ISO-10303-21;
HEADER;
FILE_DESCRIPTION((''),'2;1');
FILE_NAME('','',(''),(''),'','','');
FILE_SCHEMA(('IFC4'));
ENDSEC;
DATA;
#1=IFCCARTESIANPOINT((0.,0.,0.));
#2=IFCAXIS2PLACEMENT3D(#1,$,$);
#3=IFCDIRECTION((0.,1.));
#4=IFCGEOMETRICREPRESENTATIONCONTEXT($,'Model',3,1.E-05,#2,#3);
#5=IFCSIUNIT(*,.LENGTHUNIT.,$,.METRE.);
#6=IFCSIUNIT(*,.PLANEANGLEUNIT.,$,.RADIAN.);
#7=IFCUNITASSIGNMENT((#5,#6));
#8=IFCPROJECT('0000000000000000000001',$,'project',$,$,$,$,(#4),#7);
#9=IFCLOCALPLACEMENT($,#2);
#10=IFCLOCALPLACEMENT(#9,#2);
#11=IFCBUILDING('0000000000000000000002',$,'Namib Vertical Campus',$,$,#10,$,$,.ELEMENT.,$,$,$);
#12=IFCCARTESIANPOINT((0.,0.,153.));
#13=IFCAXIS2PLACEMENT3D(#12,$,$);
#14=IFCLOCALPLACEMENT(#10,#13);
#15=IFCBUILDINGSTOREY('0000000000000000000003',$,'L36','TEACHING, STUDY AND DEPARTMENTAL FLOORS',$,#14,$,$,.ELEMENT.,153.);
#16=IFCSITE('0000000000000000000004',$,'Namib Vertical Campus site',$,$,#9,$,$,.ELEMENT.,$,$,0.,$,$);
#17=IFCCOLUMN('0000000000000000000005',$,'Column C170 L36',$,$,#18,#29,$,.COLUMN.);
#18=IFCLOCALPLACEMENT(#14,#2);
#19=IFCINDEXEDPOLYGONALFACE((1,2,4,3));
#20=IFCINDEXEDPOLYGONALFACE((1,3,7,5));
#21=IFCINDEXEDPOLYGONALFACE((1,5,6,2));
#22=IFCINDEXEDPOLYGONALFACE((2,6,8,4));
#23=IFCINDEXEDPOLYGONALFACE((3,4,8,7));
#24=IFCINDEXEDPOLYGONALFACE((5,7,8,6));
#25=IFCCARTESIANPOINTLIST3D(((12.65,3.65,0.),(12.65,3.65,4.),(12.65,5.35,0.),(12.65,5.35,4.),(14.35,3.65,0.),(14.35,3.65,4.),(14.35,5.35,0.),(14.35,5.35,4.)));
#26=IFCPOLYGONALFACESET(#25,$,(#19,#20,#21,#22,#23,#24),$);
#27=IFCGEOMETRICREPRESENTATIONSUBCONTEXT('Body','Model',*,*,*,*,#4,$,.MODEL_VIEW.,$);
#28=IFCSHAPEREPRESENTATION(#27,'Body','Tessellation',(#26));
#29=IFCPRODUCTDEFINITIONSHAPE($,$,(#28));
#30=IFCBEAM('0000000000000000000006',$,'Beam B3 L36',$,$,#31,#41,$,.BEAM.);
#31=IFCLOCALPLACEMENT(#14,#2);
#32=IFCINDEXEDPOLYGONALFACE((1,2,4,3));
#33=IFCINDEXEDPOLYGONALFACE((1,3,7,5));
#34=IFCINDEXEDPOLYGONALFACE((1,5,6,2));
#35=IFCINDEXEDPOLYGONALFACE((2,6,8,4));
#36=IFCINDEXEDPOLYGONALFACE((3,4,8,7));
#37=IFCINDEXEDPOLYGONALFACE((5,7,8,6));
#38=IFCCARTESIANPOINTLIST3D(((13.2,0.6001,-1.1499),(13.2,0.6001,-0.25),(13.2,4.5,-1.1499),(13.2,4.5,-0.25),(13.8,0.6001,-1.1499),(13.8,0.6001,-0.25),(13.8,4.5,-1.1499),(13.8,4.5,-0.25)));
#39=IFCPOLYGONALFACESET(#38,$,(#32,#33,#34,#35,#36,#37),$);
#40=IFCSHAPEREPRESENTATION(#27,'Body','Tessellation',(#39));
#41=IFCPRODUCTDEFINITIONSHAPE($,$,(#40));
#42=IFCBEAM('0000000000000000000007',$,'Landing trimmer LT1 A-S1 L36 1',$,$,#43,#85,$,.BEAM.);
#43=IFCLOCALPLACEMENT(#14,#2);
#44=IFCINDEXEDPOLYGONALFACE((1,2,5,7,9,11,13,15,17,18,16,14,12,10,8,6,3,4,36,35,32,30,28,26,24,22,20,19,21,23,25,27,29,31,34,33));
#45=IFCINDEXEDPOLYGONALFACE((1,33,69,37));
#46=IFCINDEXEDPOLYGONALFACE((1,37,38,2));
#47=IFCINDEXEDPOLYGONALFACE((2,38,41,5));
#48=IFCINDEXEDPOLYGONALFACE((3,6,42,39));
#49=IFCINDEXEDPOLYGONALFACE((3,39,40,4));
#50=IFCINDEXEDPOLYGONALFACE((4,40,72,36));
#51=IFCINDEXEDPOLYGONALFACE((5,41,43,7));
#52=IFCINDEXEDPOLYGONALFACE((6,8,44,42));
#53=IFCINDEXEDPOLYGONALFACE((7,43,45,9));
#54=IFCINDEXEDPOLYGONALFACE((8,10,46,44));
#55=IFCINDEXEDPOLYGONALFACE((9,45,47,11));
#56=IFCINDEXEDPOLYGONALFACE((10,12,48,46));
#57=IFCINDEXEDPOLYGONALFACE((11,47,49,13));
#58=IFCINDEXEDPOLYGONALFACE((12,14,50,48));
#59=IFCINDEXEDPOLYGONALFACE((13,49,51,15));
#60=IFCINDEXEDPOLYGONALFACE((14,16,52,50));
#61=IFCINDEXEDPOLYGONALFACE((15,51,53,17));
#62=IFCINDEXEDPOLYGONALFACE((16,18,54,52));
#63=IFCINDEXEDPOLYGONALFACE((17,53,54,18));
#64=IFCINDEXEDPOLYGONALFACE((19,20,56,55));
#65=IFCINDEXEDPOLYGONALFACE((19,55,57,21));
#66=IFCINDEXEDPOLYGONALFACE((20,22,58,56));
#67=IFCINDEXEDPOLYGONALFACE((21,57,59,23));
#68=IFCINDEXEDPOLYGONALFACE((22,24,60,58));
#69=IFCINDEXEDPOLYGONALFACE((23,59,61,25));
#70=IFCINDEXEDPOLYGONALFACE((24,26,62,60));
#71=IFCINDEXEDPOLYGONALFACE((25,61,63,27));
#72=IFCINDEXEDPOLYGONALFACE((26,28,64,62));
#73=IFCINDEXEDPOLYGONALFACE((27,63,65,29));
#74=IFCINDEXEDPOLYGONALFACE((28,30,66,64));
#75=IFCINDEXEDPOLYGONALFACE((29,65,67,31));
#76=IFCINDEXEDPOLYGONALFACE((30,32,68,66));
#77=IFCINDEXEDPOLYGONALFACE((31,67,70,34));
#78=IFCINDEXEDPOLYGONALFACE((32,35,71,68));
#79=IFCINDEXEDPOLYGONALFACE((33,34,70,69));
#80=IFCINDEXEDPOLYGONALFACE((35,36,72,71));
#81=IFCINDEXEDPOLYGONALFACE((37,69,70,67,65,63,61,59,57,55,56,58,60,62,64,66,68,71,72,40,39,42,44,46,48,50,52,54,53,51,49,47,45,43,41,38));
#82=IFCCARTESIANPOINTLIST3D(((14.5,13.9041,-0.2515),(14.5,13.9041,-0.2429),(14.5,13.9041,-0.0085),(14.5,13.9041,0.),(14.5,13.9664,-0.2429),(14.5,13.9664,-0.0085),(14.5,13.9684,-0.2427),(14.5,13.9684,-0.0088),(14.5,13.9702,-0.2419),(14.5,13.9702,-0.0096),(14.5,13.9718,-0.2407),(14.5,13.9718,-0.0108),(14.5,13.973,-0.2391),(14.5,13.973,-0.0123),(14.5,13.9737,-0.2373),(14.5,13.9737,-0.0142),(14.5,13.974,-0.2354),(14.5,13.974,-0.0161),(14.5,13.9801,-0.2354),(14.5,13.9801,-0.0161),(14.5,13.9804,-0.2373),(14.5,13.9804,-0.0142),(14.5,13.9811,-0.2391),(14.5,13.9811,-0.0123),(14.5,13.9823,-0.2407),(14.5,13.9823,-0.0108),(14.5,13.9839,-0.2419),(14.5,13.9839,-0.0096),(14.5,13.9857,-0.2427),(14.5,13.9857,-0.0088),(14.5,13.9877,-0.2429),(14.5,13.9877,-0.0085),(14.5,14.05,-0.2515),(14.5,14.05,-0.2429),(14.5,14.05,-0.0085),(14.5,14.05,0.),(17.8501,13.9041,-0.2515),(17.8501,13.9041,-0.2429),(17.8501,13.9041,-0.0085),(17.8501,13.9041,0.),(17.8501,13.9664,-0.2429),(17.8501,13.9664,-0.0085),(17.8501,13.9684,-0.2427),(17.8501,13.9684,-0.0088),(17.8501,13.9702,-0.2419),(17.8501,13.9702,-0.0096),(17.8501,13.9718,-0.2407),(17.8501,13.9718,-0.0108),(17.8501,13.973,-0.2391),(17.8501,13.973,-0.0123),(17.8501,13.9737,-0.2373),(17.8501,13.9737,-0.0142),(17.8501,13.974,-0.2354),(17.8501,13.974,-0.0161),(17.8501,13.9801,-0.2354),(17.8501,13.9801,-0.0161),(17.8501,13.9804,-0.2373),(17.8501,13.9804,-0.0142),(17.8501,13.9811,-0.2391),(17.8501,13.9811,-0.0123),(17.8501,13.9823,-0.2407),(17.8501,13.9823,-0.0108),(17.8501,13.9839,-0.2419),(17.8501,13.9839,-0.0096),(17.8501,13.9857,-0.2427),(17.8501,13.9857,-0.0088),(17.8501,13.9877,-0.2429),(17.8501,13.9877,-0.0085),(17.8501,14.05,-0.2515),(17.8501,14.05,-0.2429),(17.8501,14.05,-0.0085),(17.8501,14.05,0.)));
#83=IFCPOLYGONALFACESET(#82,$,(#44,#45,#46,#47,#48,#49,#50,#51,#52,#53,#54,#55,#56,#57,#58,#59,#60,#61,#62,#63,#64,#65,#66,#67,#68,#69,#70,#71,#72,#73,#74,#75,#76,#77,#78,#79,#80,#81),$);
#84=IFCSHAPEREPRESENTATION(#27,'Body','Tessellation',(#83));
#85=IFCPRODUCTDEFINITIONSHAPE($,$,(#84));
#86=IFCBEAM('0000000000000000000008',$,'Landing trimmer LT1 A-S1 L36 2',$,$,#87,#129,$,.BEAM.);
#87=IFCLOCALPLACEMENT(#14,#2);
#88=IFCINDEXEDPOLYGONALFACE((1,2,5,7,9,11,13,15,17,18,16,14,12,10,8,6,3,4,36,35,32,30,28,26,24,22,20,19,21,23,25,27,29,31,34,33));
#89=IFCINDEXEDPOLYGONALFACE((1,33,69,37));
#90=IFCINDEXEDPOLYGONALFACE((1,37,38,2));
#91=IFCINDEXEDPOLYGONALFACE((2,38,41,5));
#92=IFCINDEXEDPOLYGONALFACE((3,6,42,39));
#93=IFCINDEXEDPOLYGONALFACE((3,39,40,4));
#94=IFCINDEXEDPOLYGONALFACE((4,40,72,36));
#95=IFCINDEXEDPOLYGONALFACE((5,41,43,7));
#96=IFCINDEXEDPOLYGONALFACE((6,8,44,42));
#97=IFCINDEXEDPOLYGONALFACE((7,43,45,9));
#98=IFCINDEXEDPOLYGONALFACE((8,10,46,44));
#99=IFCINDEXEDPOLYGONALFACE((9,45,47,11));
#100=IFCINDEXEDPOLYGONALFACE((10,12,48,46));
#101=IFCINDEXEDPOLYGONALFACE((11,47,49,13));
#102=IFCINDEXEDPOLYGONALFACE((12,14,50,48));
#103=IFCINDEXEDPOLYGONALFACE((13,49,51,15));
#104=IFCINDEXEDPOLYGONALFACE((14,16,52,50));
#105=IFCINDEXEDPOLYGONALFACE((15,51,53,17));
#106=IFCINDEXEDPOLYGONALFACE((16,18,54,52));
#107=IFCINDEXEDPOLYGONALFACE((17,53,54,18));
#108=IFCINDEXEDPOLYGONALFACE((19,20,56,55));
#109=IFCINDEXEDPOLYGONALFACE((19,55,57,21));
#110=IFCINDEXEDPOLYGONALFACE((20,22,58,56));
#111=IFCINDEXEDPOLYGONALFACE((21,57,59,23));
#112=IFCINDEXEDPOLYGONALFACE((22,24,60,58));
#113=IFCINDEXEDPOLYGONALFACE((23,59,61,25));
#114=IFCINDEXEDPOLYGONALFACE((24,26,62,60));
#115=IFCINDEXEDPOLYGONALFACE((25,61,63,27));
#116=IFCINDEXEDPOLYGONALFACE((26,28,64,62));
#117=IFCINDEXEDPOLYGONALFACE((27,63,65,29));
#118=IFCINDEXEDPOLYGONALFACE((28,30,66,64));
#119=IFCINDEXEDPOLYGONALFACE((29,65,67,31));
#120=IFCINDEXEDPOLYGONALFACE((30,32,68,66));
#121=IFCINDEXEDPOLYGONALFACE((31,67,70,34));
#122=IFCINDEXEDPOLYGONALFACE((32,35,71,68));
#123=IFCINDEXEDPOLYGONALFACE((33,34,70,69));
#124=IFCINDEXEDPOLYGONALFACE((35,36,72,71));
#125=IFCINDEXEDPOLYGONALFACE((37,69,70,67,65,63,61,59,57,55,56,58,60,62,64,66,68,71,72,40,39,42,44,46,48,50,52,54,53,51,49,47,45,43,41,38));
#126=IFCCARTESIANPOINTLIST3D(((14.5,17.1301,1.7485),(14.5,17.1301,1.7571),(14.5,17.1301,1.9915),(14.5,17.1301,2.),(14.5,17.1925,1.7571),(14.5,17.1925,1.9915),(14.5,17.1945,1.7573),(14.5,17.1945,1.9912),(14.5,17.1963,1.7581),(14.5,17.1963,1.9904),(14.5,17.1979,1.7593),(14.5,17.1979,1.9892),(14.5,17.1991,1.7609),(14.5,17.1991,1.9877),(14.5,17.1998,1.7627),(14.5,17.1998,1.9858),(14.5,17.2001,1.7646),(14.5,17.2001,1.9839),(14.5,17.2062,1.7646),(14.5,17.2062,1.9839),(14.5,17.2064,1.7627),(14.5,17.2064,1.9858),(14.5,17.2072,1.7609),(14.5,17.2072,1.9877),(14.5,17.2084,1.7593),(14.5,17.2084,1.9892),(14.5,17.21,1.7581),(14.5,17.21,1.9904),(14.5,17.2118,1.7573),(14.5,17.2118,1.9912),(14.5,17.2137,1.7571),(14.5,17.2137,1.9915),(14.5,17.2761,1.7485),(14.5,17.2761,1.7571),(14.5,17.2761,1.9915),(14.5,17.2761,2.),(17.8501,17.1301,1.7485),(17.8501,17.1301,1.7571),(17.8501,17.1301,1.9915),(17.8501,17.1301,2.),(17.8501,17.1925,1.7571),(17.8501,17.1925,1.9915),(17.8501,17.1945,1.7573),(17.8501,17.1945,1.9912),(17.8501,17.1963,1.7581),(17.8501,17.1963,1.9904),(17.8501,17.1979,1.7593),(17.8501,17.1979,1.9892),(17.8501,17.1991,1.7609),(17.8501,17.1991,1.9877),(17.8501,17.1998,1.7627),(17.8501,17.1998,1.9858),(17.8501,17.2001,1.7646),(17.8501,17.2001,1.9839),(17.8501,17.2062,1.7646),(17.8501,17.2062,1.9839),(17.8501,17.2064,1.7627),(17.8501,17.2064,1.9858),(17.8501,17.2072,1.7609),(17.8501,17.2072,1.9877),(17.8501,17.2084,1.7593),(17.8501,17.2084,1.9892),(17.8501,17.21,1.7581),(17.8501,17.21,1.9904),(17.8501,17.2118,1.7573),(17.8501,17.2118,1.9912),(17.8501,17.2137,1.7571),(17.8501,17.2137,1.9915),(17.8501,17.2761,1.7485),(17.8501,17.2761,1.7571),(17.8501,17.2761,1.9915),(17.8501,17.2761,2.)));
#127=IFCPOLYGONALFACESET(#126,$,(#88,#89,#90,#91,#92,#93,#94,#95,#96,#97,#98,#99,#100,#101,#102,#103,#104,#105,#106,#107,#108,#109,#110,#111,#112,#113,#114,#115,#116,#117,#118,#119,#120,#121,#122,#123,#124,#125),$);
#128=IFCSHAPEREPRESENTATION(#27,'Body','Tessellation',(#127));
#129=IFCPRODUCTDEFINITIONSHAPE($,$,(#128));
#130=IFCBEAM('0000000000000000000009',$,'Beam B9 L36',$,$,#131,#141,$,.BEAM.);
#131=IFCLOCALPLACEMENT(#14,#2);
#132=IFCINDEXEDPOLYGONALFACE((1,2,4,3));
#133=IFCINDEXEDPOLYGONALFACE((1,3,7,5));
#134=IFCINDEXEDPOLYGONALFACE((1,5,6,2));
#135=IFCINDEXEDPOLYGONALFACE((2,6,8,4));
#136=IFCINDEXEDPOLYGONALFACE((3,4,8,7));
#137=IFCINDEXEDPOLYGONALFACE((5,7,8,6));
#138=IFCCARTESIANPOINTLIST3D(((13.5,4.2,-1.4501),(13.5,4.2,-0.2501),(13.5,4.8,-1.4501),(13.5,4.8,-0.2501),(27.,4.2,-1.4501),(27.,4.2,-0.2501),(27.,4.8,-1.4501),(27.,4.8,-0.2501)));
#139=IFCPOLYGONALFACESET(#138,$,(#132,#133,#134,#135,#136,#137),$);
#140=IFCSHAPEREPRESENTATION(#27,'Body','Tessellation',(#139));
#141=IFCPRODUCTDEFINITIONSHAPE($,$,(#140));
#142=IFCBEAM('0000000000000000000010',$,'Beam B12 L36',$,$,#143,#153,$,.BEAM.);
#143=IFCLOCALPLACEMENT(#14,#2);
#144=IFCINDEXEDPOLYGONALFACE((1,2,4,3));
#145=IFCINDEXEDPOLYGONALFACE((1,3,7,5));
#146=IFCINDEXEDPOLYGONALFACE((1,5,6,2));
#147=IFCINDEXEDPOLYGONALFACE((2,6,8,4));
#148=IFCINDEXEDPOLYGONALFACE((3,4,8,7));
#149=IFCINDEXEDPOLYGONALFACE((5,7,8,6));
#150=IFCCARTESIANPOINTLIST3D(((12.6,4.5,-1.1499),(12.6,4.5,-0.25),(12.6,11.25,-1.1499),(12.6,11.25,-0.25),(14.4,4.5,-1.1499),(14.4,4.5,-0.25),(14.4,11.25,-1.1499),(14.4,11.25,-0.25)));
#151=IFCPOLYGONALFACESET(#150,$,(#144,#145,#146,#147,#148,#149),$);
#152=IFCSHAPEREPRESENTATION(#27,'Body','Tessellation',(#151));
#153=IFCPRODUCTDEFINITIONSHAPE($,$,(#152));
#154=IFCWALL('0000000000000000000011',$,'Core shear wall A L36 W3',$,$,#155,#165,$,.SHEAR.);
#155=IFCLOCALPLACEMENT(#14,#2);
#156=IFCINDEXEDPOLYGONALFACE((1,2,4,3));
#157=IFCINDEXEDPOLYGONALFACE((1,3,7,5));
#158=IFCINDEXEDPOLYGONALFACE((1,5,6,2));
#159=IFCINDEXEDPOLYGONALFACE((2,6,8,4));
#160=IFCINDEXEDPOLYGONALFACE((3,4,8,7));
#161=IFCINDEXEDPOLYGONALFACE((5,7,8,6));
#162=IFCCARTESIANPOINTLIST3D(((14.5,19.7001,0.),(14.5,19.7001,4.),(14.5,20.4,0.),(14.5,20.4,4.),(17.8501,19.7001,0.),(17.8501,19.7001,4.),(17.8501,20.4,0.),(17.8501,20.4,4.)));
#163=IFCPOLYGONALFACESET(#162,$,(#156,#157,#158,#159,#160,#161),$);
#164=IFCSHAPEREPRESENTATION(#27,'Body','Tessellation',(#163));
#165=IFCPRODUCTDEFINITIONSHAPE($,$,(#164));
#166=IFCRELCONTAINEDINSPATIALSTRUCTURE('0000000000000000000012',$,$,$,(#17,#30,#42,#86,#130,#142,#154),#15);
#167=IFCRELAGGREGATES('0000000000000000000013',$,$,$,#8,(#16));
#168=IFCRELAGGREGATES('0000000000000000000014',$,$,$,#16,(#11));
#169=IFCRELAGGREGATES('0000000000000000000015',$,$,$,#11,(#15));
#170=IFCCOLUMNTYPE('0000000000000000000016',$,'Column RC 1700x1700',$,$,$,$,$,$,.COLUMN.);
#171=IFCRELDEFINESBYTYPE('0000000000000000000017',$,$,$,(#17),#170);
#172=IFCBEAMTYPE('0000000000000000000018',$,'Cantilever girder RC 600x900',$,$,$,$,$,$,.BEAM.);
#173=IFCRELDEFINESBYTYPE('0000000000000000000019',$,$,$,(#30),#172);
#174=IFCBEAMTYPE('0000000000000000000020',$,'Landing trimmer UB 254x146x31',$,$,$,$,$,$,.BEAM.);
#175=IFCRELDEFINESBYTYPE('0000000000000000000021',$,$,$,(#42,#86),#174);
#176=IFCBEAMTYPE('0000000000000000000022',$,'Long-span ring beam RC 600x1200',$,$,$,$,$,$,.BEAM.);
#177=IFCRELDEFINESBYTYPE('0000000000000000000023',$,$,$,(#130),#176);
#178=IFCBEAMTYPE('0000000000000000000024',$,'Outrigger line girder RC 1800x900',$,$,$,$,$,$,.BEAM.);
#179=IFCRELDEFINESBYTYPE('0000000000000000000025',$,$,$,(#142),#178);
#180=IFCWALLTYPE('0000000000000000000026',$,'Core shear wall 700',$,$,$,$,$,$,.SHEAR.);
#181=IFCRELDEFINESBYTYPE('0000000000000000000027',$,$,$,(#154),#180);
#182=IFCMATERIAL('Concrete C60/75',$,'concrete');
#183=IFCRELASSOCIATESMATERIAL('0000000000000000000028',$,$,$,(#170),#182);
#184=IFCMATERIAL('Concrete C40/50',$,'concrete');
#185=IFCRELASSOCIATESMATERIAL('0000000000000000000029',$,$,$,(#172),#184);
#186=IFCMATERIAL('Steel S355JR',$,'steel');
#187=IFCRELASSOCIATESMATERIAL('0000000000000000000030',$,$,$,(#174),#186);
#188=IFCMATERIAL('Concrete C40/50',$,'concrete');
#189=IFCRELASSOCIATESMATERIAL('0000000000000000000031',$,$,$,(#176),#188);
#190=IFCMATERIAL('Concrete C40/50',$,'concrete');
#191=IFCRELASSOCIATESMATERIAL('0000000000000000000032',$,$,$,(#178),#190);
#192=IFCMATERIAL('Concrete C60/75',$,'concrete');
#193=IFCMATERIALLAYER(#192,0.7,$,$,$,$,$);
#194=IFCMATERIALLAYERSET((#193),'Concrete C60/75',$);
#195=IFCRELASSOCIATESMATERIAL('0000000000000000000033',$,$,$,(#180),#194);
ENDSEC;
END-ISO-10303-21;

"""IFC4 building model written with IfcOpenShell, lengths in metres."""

from ifc_helpers import new_model, si_unit, direction, frame, frame_2d, origin, origin_2d, place, context, subcontext, project, spatial, rectangle, i_section, extrude, material, layer, layer_set, material_profile, profile_set, type_object, element, save


model = new_model("IFC4")

# Units and contexts
model_context = context("Model", 3, precision=1e-05, world=origin(), true_north=direction((0.0, 1.0)))
body_context = subcontext(model_context, "Body", "Model", "MODEL_VIEW")
ifc_project = project(units=[si_unit("LENGTHUNIT", "METRE"), si_unit("PLANEANGLEUNIT", "RADIAN")], contexts=[model_context])

# Site, building, storey
site_placement = place(None, origin())
site = spatial("IfcSite", under=ifc_project, at=site_placement, Name="Namib Vertical Campus site", CompositionType="ELEMENT", RefElevation=0.0)
building_placement = place(site_placement, origin())
building = spatial("IfcBuilding", under=site, at=building_placement, Name="Namib Vertical Campus", CompositionType="ELEMENT")
storey_placement = place(building_placement, frame((0.0, 0.0, 153.0)))
storey = spatial("IfcBuildingStorey", under=building, at=storey_placement, Name="L36", Description="TEACHING, STUDY AND DEPARTMENTAL FLOORS", CompositionType="ELEMENT", Elevation=153.0)

# Column
ifc_material_1 = material(Name="Concrete C60/75", Category="concrete")
ifc_material_profile_1 = material_profile(ifc_material_1, rectangle(XDim=1.7, YDim=1.7, at=origin_2d()))
ifc_profile_set_1 = profile_set([ifc_material_profile_1], Name="Concrete C60/75")
column_type = type_object("IfcColumnType", Name="Column RC 1700x1700", PredefinedType="COLUMN", material=ifc_profile_set_1)
column_placement = place(storey_placement, frame((13.5, 4.5, 0.0), z_axis=(0.0, 0.0, 1.0), x_axis=(1.0, 0.0, 0.0)))
element("IfcColumn", 1, at=column_placement, inside=storey, type_object=column_type, Name="Column C170 L36", PredefinedType="COLUMN", context=body_context, shape_type="SweptSolid", body=[
    extrude(rectangle(XDim=1.7, YDim=1.7, at=origin_2d()), origin(), (0.0, 0.0, 1.0), 4.0),
])

# Beams
ifc_material_2 = material(Name="Concrete C40/50", Category="concrete")
ifc_material_profile_2 = material_profile(ifc_material_2, rectangle(XDim=0.6001, YDim=0.8999, at=origin_2d()))
ifc_profile_set_2 = profile_set([ifc_material_profile_2], Name="Concrete C40/50")
beam_type_1 = type_object("IfcBeamType", Name="Cantilever girder RC 600x900", PredefinedType="BEAM", material=ifc_profile_set_2)
beam_1_placement = place(storey_placement, frame((13.5, 4.5, -0.7), z_axis=(0.0, -1.0, 0.0), x_axis=(1.0, 0.0, 0.0)))
element("IfcBeam", 2, at=beam_1_placement, inside=storey, type_object=beam_type_1, Name="Beam B3 L36", PredefinedType="BEAM", context=body_context, shape_type="SweptSolid", body=[
    extrude(rectangle(XDim=0.6001, YDim=0.8999, at=origin_2d()), origin(), (0.0, 0.0, 1.0), 3.8999),
])
ifc_material_3 = material(Name="Steel S355JR", Category="steel")
ifc_material_profile_3 = material_profile(ifc_material_3, i_section(OverallWidth=0.146, OverallDepth=0.2515, WebThickness=0.0061, FlangeThickness=0.0085, FilletRadius=0.0076, at=origin_2d()))
ifc_profile_set_3 = profile_set([ifc_material_profile_3], Name="Steel S355JR")
beam_type_2 = type_object("IfcBeamType", Name="Landing trimmer UB 254x146x31", PredefinedType="BEAM", material=ifc_profile_set_3)
for number, where, z_axis, x_axis, name in (
    (3, (14.5, 13.9771, -0.1257), (1.0, 0.0, 0.0), (0.0, 1.0, 0.0), "Landing trimmer LT1 A-S1 L36 1"),
    (4, (14.5, 17.2031, 1.8743), (1.0, 0.0, 0.0), (0.0, 1.0, 0.0), "Landing trimmer LT1 A-S1 L36 2"),
):
    element("IfcBeam", number, at=place(storey_placement, frame(where, z_axis=z_axis, x_axis=x_axis)), inside=storey, type_object=beam_type_2, Name=name, PredefinedType="BEAM", context=body_context, shape_type="SweptSolid", body=[
        extrude(i_section(OverallWidth=0.146, OverallDepth=0.2515, WebThickness=0.0061, FlangeThickness=0.0085, FilletRadius=0.0076, at=origin_2d()), origin(), (0.0, 0.0, 1.0), 3.3501),
    ])
ifc_material_4 = material(Name="Concrete C40/50", Category="concrete")
ifc_material_profile_4 = material_profile(ifc_material_4, rectangle(XDim=0.6001, YDim=1.2, at=origin_2d()))
ifc_profile_set_4 = profile_set([ifc_material_profile_4], Name="Concrete C40/50")
beam_type_3 = type_object("IfcBeamType", Name="Long-span ring beam RC 600x1200", PredefinedType="BEAM", material=ifc_profile_set_4)
beam_2_placement = place(storey_placement, frame((13.5, 4.5, -0.8501), z_axis=(1.0, 0.0, 0.0), x_axis=(0.0, 1.0, 0.0)))
element("IfcBeam", 5, at=beam_2_placement, inside=storey, type_object=beam_type_3, Name="Beam B9 L36", PredefinedType="BEAM", context=body_context, shape_type="SweptSolid", body=[
    extrude(rectangle(XDim=0.6001, YDim=1.2, at=origin_2d()), origin(), (0.0, 0.0, 1.0), 13.5),
])
ifc_material_5 = material(Name="Concrete C40/50", Category="concrete")
ifc_material_profile_5 = material_profile(ifc_material_5, rectangle(XDim=1.8, YDim=0.8999, at=origin_2d()))
ifc_profile_set_5 = profile_set([ifc_material_profile_5], Name="Concrete C40/50")
beam_type_4 = type_object("IfcBeamType", Name="Outrigger line girder RC 1800x900", PredefinedType="BEAM", material=ifc_profile_set_5)
beam_3_placement = place(storey_placement, frame((13.5, 4.5, -0.7), z_axis=(0.0, 1.0, 0.0), x_axis=(-1.0, 0.0, 0.0)))
element("IfcBeam", 6, at=beam_3_placement, inside=storey, type_object=beam_type_4, Name="Beam B12 L36", PredefinedType="BEAM", context=body_context, shape_type="SweptSolid", body=[
    extrude(rectangle(XDim=1.8, YDim=0.8999, at=origin_2d()), origin(), (0.0, 0.0, 1.0), 6.75),
])

# Wall
ifc_material_6 = material(Name="Concrete C60/75", Category="concrete")
ifc_layer_1 = layer(ifc_material_6, 0.7)
ifc_layer_set_1 = layer_set([ifc_layer_1], Name="Concrete C60/75")
wall_type_1 = type_object("IfcWallType", Name="Core shear wall 700", PredefinedType="SHEAR", material=ifc_layer_set_1)
wall_1_placement = place(storey_placement, frame((14.5, 20.05, 0.0), z_axis=(0.0, 0.0, 1.0), x_axis=(1.0, 0.0, 0.0)))
element("IfcWall", 7, at=wall_1_placement, inside=storey, type_object=wall_type_1, Name="Core shear wall A L36 W3", PredefinedType="SHEAR", context=body_context, shape_type="SweptSolid", body=[
    extrude(rectangle(XDim=3.3501, YDim=0.7, at=frame_2d((1.675, 0.0))), origin(), (0.0, 0.0, 1.0), 4.0),
])

save(model, "model.ifc")
